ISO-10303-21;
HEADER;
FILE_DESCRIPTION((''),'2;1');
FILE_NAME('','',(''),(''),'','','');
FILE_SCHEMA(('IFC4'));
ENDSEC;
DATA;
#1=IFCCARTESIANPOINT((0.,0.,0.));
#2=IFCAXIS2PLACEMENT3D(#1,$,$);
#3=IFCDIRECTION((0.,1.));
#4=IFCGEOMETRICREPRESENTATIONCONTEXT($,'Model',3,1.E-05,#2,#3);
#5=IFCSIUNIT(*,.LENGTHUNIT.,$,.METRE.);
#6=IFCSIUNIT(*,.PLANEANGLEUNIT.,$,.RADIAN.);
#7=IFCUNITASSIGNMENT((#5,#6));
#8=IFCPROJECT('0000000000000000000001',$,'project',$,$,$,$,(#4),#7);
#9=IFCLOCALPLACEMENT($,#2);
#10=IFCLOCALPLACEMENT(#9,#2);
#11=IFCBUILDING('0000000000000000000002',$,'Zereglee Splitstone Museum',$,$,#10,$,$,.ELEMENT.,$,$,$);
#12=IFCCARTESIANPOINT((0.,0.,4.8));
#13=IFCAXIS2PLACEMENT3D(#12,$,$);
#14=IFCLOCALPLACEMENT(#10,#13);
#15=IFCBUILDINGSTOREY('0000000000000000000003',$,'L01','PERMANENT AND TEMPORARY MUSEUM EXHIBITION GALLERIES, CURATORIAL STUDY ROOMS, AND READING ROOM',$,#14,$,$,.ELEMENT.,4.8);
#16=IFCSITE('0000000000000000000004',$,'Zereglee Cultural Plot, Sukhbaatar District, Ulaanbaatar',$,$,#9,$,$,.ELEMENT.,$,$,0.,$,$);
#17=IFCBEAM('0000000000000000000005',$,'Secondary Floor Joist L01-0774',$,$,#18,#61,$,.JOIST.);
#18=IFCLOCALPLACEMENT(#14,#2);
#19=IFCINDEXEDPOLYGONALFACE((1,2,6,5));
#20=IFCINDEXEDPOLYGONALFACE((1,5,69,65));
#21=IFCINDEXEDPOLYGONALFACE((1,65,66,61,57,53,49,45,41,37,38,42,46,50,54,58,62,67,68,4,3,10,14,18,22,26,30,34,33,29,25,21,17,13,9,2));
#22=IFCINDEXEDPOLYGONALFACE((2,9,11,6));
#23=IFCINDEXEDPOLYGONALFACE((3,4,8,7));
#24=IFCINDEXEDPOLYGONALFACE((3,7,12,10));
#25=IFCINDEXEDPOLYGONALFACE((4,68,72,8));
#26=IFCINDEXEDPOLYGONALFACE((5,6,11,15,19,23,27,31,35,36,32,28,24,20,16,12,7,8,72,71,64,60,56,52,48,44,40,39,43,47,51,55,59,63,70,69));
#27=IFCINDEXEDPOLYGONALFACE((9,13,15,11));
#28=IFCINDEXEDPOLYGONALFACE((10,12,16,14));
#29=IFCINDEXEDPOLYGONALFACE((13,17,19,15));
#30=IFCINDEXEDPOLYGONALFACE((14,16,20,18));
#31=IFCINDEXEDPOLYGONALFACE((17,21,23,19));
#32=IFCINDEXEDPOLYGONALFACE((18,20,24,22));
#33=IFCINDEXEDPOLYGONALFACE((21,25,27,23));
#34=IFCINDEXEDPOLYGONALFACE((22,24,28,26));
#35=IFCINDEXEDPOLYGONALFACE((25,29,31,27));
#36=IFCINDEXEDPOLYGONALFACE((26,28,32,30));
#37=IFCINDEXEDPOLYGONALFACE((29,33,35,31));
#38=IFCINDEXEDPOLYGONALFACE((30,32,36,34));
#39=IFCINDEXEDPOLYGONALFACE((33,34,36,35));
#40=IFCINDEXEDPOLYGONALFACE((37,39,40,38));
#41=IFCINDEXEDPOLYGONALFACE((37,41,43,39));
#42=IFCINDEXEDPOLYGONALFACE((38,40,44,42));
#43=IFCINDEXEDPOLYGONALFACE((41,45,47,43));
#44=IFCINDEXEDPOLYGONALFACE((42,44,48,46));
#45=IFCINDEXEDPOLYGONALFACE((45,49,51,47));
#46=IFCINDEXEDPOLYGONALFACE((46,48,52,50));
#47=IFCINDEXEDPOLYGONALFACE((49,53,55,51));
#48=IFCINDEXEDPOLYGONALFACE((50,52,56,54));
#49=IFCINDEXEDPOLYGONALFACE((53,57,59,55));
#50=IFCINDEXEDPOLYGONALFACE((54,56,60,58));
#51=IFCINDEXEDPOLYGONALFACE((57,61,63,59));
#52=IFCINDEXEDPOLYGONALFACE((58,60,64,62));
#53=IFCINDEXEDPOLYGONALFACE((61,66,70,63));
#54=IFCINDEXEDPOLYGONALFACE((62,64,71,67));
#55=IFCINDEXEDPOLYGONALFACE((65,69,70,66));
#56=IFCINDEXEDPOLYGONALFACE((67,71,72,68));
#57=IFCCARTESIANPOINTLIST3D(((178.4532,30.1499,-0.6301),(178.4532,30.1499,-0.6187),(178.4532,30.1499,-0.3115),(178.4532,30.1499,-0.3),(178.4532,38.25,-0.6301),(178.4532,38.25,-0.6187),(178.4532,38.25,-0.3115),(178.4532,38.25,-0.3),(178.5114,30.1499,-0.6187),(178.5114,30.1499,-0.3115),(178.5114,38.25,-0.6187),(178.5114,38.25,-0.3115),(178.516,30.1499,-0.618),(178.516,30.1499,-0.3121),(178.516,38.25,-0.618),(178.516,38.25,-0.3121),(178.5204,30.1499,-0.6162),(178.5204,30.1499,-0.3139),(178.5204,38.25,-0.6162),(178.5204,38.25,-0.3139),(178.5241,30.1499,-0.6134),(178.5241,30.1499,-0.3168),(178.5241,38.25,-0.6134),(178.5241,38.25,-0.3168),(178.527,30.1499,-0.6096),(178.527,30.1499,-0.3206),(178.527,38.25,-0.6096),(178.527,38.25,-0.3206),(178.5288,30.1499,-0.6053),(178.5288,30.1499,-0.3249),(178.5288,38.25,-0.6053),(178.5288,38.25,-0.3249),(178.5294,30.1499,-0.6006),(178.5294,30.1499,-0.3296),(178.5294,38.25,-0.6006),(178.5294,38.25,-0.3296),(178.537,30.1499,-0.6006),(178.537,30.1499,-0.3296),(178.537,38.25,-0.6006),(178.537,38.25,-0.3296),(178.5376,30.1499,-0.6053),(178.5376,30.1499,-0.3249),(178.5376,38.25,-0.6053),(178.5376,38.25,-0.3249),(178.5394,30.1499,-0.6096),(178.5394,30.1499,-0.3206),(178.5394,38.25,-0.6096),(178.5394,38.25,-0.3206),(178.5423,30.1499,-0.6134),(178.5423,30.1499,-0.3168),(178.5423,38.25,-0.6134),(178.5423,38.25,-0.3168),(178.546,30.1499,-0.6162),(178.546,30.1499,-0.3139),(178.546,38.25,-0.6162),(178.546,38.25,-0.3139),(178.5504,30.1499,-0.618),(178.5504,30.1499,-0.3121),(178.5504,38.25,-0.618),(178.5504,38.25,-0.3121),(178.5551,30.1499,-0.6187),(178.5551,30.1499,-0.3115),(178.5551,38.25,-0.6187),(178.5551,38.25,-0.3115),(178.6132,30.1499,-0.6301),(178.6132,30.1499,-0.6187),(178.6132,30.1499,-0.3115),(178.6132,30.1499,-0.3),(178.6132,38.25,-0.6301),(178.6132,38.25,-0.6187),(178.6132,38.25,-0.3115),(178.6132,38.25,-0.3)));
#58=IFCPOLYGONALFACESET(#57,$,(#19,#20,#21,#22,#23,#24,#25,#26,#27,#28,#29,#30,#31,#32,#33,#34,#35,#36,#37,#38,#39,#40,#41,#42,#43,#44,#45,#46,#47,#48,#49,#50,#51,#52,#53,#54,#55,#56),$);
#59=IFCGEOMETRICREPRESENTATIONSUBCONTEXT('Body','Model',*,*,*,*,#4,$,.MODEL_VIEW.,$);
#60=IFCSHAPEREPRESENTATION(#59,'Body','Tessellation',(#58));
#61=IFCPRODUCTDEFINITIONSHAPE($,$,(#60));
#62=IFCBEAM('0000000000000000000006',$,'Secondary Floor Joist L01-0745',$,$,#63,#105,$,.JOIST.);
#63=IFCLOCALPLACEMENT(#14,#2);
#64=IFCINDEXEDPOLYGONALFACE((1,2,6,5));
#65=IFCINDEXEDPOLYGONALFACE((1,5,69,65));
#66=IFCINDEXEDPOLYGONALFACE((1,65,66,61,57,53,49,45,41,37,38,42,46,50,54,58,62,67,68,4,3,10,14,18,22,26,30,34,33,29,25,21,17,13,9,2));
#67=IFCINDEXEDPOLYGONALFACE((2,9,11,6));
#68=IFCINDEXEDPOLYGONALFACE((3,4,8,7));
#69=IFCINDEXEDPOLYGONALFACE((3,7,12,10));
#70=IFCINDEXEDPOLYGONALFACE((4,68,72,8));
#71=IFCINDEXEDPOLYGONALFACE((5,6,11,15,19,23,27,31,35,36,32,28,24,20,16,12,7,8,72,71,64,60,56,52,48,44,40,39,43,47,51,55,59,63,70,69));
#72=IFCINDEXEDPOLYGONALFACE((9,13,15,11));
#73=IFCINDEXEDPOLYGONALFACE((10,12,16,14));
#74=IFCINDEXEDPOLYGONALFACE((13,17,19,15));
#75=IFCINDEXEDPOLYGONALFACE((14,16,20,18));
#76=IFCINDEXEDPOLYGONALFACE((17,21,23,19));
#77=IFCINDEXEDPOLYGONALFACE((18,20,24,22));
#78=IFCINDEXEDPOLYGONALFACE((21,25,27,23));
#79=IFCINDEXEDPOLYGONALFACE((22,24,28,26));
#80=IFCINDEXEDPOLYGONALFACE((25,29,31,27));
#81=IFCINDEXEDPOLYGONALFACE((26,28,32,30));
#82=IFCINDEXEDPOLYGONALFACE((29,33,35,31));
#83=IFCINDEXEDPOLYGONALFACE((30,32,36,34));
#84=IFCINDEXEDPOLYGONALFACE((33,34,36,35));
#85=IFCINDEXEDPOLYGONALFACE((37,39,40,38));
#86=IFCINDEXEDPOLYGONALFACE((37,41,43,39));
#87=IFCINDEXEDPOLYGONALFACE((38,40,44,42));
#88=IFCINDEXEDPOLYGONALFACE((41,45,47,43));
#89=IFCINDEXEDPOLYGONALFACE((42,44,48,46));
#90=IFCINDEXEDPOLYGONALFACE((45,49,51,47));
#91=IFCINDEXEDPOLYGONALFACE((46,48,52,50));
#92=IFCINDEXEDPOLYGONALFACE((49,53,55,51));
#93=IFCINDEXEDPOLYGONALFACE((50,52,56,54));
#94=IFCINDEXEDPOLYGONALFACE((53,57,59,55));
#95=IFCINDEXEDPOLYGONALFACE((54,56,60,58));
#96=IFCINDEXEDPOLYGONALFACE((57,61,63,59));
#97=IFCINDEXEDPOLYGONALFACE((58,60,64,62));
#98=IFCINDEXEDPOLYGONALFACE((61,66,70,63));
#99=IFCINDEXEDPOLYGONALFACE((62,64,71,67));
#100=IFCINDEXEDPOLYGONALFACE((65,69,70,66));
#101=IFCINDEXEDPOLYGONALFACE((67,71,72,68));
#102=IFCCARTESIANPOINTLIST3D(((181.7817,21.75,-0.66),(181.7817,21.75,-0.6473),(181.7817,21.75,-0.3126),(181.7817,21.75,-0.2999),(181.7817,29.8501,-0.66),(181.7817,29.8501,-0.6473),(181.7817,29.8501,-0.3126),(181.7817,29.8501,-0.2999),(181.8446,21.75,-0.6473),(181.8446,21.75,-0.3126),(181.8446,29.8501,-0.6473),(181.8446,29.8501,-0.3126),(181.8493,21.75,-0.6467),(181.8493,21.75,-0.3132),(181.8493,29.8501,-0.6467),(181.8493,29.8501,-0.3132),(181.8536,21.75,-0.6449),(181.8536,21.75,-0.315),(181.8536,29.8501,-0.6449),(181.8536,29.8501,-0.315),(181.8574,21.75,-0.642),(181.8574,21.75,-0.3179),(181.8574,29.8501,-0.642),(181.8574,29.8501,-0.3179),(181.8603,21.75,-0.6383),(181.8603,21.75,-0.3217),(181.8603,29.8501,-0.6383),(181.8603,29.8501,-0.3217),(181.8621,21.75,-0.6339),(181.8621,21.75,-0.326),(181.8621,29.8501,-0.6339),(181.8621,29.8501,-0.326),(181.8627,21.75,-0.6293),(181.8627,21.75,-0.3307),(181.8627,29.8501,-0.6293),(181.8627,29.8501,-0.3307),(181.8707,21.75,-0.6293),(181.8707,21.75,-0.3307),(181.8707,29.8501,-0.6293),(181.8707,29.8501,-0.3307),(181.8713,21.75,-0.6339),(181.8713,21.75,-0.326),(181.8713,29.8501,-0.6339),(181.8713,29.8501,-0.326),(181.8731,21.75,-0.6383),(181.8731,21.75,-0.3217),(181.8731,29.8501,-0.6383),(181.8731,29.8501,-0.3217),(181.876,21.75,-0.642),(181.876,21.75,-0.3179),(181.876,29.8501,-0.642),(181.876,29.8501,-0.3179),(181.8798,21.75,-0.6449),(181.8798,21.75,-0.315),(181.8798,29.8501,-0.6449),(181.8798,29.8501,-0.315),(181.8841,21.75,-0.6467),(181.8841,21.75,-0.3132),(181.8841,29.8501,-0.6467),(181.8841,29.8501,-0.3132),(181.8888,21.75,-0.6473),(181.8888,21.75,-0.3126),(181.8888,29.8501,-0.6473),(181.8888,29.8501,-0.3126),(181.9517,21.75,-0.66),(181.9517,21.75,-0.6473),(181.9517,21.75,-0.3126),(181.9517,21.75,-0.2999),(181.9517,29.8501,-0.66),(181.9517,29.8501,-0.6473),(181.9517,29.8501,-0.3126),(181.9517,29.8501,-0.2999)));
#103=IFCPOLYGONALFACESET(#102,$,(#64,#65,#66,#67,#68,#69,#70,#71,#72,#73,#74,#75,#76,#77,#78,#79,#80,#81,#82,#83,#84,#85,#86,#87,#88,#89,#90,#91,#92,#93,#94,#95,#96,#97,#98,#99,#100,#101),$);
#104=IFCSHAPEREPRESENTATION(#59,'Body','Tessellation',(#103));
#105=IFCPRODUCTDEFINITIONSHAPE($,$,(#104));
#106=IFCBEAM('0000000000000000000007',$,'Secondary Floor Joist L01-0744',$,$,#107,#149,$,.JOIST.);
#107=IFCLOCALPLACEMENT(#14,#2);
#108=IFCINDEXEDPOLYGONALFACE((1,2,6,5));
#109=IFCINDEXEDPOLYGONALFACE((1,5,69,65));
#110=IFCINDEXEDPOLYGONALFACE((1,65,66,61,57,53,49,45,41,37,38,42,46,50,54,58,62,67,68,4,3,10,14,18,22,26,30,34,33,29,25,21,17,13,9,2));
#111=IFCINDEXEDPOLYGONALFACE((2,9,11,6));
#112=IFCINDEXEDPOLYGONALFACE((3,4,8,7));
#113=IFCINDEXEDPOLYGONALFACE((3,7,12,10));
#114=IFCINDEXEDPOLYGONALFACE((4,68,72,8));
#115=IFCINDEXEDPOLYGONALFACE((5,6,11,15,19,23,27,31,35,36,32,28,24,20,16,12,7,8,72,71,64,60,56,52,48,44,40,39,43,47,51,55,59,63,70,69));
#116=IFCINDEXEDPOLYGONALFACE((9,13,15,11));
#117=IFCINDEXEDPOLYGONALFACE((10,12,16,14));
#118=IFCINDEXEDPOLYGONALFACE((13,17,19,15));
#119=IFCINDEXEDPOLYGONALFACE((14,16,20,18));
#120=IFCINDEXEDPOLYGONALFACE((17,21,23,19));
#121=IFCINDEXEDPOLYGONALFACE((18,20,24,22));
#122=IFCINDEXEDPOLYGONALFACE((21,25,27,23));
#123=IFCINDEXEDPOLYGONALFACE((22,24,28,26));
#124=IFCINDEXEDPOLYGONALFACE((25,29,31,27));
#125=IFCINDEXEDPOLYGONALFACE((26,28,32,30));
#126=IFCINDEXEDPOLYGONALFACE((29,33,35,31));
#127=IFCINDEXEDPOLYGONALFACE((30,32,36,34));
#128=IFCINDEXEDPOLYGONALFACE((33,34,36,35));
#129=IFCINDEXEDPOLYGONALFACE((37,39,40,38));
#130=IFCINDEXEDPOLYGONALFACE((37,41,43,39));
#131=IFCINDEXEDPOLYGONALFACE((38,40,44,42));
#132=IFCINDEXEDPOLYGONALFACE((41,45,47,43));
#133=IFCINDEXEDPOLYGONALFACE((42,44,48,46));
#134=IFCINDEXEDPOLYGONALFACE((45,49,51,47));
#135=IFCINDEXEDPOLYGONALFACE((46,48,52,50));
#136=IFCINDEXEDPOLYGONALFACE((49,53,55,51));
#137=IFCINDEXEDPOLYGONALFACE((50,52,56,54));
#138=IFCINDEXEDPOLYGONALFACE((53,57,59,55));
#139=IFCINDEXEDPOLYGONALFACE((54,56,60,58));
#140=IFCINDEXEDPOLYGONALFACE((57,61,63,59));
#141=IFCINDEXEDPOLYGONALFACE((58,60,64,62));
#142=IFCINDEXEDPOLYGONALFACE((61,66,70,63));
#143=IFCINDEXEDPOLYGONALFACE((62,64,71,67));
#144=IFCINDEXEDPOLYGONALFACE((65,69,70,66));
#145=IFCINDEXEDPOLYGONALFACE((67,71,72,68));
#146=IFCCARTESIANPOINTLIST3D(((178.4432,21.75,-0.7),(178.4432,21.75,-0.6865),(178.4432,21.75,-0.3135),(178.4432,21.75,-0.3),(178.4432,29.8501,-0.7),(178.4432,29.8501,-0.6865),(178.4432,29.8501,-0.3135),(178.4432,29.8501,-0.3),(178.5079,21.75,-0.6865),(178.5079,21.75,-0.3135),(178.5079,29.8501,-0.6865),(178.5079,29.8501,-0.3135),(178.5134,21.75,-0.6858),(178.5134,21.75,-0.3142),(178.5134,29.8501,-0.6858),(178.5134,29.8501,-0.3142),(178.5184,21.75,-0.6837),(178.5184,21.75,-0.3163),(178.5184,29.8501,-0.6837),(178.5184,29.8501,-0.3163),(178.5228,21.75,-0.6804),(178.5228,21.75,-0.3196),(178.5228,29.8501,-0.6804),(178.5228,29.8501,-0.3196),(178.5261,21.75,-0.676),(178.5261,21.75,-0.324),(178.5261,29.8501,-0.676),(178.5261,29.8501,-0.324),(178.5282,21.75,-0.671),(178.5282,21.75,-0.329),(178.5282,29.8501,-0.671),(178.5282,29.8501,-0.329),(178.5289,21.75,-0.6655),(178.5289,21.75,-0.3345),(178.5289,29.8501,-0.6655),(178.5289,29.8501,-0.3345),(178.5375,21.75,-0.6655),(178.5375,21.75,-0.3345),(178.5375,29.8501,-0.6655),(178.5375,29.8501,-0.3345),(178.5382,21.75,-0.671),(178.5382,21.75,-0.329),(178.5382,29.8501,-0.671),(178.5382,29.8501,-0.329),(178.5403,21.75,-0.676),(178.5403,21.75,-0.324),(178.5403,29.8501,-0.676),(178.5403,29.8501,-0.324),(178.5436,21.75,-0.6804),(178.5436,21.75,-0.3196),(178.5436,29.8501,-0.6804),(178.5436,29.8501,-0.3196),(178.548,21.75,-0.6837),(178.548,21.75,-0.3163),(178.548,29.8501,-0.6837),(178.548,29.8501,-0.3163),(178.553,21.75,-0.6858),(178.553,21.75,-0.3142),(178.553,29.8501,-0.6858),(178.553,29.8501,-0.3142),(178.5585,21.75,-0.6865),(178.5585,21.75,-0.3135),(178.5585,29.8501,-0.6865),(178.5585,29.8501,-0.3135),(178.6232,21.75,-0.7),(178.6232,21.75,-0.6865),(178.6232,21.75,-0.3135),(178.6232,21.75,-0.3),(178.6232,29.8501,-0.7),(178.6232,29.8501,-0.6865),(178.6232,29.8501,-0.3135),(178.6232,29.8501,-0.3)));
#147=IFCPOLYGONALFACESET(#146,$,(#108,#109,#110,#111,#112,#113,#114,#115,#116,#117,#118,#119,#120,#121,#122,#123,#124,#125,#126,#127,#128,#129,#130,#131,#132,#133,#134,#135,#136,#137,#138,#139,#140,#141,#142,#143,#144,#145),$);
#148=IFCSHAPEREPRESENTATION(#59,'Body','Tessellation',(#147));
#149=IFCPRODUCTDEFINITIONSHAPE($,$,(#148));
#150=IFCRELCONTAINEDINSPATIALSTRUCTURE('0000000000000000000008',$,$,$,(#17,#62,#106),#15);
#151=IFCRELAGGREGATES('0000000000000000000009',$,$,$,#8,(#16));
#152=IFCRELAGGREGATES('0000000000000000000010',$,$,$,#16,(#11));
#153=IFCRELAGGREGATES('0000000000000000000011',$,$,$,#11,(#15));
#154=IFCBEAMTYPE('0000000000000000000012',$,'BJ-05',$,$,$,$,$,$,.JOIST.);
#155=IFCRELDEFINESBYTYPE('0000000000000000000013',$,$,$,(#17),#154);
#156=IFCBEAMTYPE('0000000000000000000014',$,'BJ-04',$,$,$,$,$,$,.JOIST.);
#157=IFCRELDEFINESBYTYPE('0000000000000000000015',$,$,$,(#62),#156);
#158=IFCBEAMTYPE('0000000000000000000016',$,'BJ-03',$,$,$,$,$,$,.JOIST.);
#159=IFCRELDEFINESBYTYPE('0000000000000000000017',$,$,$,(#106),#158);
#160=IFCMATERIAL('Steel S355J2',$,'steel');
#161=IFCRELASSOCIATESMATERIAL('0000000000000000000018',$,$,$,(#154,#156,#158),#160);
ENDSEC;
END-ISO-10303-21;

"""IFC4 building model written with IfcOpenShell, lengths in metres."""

from ifc_helpers import new_model, si_unit, direction, frame, origin, origin_2d, place, context, subcontext, project, spatial, i_section, extrude, material, material_profile, profile_set, type_object, element, save


model = new_model("IFC4")

# Units and contexts
model_context = context("Model", 3, precision=1e-05, world=origin(), true_north=direction((0.0, 1.0)))
body_context = subcontext(model_context, "Body", "Model", "MODEL_VIEW")
ifc_project = project(units=[si_unit("LENGTHUNIT", "METRE"), si_unit("PLANEANGLEUNIT", "RADIAN")], contexts=[model_context])

# Site, building, storey
site_placement = place(None, origin())
site = spatial("IfcSite", under=ifc_project, at=site_placement, Name="Zereglee Cultural Plot, Sukhbaatar District, Ulaanbaatar", CompositionType="ELEMENT", RefElevation=0.0)
building_placement = place(site_placement, origin())
building = spatial("IfcBuilding", under=site, at=building_placement, Name="Zereglee Splitstone Museum", CompositionType="ELEMENT")
storey_placement = place(building_placement, frame((0.0, 0.0, 4.8)))
storey = spatial("IfcBuildingStorey", under=building, at=storey_placement, Name="L01", Description="PERMANENT AND TEMPORARY MUSEUM EXHIBITION GALLERIES, CURATORIAL STUDY ROOMS, AND READING ROOM", CompositionType="ELEMENT", Elevation=4.8)

# Shared definitions
ifc_material_1 = material(Name="Steel S355J2", Category="steel")

# Beams
ifc_material_profile_1 = material_profile(ifc_material_1, i_section(OverallWidth=0.1599, OverallDepth=0.3301, WebThickness=0.0076, FlangeThickness=0.0115, FilletRadius=0.0181, at=origin_2d()), Name="IPE 330")
ifc_profile_set_1 = profile_set([ifc_material_profile_1], Name="Steel S355J2")
beam_type_1 = type_object("IfcBeamType", Name="BJ-05", PredefinedType="JOIST", material=ifc_profile_set_1)
beam_1_placement = place(storey_placement, frame((178.5332, 30.1499, -0.4651), z_axis=(0.0, 1.0, 0.0), x_axis=(-1.0, 0.0, 0.0)))
element("IfcBeam", 1, at=beam_1_placement, inside=storey, type_object=beam_type_1, Name="Secondary Floor Joist L01-0774", PredefinedType="JOIST", context=body_context, shape_type="SweptSolid", body=[
    extrude(i_section(OverallWidth=0.1599, OverallDepth=0.3301, WebThickness=0.0076, FlangeThickness=0.0115, FilletRadius=0.0181, at=origin_2d()), origin(), (0.0, 0.0, 1.0), 8.1001),
])
ifc_material_profile_2 = material_profile(ifc_material_1, i_section(OverallWidth=0.1699, OverallDepth=0.3601, WebThickness=0.0081, FlangeThickness=0.0127, FilletRadius=0.0181, at=origin_2d()), Name="IPE 360")
ifc_profile_set_2 = profile_set([ifc_material_profile_2], Name="Steel S355J2")
beam_type_2 = type_object("IfcBeamType", Name="BJ-04", PredefinedType="JOIST", material=ifc_profile_set_2)
beam_2_placement = place(storey_placement, frame((181.8667, 21.75, -0.48), z_axis=(0.0, 1.0, 0.0), x_axis=(-1.0, 0.0, 0.0)))
element("IfcBeam", 2, at=beam_2_placement, inside=storey, type_object=beam_type_2, Name="Secondary Floor Joist L01-0745", PredefinedType="JOIST", context=body_context, shape_type="SweptSolid", body=[
    extrude(i_section(OverallWidth=0.1699, OverallDepth=0.3601, WebThickness=0.0081, FlangeThickness=0.0127, FilletRadius=0.0181, at=origin_2d()), origin(), (0.0, 0.0, 1.0), 8.1001),
])
ifc_material_profile_3 = material_profile(ifc_material_1, i_section(OverallWidth=0.1799, OverallDepth=0.3999, WebThickness=0.0085, FlangeThickness=0.0134, FilletRadius=0.021, at=origin_2d()), Name="IPE 400")
ifc_profile_set_3 = profile_set([ifc_material_profile_3], Name="Steel S355J2")
beam_type_3 = type_object("IfcBeamType", Name="BJ-03", PredefinedType="JOIST", material=ifc_profile_set_3)
beam_3_placement = place(storey_placement, frame((178.5332, 21.75, -0.5), z_axis=(0.0, 1.0, 0.0), x_axis=(-1.0, 0.0, 0.0)))
element("IfcBeam", 3, at=beam_3_placement, inside=storey, type_object=beam_type_3, Name="Secondary Floor Joist L01-0744", PredefinedType="JOIST", context=body_context, shape_type="SweptSolid", body=[
    extrude(i_section(OverallWidth=0.1799, OverallDepth=0.3999, WebThickness=0.0085, FlangeThickness=0.0134, FilletRadius=0.021, at=origin_2d()), origin(), (0.0, 0.0, 1.0), 8.1001),
])

save(model, "model.ifc")
